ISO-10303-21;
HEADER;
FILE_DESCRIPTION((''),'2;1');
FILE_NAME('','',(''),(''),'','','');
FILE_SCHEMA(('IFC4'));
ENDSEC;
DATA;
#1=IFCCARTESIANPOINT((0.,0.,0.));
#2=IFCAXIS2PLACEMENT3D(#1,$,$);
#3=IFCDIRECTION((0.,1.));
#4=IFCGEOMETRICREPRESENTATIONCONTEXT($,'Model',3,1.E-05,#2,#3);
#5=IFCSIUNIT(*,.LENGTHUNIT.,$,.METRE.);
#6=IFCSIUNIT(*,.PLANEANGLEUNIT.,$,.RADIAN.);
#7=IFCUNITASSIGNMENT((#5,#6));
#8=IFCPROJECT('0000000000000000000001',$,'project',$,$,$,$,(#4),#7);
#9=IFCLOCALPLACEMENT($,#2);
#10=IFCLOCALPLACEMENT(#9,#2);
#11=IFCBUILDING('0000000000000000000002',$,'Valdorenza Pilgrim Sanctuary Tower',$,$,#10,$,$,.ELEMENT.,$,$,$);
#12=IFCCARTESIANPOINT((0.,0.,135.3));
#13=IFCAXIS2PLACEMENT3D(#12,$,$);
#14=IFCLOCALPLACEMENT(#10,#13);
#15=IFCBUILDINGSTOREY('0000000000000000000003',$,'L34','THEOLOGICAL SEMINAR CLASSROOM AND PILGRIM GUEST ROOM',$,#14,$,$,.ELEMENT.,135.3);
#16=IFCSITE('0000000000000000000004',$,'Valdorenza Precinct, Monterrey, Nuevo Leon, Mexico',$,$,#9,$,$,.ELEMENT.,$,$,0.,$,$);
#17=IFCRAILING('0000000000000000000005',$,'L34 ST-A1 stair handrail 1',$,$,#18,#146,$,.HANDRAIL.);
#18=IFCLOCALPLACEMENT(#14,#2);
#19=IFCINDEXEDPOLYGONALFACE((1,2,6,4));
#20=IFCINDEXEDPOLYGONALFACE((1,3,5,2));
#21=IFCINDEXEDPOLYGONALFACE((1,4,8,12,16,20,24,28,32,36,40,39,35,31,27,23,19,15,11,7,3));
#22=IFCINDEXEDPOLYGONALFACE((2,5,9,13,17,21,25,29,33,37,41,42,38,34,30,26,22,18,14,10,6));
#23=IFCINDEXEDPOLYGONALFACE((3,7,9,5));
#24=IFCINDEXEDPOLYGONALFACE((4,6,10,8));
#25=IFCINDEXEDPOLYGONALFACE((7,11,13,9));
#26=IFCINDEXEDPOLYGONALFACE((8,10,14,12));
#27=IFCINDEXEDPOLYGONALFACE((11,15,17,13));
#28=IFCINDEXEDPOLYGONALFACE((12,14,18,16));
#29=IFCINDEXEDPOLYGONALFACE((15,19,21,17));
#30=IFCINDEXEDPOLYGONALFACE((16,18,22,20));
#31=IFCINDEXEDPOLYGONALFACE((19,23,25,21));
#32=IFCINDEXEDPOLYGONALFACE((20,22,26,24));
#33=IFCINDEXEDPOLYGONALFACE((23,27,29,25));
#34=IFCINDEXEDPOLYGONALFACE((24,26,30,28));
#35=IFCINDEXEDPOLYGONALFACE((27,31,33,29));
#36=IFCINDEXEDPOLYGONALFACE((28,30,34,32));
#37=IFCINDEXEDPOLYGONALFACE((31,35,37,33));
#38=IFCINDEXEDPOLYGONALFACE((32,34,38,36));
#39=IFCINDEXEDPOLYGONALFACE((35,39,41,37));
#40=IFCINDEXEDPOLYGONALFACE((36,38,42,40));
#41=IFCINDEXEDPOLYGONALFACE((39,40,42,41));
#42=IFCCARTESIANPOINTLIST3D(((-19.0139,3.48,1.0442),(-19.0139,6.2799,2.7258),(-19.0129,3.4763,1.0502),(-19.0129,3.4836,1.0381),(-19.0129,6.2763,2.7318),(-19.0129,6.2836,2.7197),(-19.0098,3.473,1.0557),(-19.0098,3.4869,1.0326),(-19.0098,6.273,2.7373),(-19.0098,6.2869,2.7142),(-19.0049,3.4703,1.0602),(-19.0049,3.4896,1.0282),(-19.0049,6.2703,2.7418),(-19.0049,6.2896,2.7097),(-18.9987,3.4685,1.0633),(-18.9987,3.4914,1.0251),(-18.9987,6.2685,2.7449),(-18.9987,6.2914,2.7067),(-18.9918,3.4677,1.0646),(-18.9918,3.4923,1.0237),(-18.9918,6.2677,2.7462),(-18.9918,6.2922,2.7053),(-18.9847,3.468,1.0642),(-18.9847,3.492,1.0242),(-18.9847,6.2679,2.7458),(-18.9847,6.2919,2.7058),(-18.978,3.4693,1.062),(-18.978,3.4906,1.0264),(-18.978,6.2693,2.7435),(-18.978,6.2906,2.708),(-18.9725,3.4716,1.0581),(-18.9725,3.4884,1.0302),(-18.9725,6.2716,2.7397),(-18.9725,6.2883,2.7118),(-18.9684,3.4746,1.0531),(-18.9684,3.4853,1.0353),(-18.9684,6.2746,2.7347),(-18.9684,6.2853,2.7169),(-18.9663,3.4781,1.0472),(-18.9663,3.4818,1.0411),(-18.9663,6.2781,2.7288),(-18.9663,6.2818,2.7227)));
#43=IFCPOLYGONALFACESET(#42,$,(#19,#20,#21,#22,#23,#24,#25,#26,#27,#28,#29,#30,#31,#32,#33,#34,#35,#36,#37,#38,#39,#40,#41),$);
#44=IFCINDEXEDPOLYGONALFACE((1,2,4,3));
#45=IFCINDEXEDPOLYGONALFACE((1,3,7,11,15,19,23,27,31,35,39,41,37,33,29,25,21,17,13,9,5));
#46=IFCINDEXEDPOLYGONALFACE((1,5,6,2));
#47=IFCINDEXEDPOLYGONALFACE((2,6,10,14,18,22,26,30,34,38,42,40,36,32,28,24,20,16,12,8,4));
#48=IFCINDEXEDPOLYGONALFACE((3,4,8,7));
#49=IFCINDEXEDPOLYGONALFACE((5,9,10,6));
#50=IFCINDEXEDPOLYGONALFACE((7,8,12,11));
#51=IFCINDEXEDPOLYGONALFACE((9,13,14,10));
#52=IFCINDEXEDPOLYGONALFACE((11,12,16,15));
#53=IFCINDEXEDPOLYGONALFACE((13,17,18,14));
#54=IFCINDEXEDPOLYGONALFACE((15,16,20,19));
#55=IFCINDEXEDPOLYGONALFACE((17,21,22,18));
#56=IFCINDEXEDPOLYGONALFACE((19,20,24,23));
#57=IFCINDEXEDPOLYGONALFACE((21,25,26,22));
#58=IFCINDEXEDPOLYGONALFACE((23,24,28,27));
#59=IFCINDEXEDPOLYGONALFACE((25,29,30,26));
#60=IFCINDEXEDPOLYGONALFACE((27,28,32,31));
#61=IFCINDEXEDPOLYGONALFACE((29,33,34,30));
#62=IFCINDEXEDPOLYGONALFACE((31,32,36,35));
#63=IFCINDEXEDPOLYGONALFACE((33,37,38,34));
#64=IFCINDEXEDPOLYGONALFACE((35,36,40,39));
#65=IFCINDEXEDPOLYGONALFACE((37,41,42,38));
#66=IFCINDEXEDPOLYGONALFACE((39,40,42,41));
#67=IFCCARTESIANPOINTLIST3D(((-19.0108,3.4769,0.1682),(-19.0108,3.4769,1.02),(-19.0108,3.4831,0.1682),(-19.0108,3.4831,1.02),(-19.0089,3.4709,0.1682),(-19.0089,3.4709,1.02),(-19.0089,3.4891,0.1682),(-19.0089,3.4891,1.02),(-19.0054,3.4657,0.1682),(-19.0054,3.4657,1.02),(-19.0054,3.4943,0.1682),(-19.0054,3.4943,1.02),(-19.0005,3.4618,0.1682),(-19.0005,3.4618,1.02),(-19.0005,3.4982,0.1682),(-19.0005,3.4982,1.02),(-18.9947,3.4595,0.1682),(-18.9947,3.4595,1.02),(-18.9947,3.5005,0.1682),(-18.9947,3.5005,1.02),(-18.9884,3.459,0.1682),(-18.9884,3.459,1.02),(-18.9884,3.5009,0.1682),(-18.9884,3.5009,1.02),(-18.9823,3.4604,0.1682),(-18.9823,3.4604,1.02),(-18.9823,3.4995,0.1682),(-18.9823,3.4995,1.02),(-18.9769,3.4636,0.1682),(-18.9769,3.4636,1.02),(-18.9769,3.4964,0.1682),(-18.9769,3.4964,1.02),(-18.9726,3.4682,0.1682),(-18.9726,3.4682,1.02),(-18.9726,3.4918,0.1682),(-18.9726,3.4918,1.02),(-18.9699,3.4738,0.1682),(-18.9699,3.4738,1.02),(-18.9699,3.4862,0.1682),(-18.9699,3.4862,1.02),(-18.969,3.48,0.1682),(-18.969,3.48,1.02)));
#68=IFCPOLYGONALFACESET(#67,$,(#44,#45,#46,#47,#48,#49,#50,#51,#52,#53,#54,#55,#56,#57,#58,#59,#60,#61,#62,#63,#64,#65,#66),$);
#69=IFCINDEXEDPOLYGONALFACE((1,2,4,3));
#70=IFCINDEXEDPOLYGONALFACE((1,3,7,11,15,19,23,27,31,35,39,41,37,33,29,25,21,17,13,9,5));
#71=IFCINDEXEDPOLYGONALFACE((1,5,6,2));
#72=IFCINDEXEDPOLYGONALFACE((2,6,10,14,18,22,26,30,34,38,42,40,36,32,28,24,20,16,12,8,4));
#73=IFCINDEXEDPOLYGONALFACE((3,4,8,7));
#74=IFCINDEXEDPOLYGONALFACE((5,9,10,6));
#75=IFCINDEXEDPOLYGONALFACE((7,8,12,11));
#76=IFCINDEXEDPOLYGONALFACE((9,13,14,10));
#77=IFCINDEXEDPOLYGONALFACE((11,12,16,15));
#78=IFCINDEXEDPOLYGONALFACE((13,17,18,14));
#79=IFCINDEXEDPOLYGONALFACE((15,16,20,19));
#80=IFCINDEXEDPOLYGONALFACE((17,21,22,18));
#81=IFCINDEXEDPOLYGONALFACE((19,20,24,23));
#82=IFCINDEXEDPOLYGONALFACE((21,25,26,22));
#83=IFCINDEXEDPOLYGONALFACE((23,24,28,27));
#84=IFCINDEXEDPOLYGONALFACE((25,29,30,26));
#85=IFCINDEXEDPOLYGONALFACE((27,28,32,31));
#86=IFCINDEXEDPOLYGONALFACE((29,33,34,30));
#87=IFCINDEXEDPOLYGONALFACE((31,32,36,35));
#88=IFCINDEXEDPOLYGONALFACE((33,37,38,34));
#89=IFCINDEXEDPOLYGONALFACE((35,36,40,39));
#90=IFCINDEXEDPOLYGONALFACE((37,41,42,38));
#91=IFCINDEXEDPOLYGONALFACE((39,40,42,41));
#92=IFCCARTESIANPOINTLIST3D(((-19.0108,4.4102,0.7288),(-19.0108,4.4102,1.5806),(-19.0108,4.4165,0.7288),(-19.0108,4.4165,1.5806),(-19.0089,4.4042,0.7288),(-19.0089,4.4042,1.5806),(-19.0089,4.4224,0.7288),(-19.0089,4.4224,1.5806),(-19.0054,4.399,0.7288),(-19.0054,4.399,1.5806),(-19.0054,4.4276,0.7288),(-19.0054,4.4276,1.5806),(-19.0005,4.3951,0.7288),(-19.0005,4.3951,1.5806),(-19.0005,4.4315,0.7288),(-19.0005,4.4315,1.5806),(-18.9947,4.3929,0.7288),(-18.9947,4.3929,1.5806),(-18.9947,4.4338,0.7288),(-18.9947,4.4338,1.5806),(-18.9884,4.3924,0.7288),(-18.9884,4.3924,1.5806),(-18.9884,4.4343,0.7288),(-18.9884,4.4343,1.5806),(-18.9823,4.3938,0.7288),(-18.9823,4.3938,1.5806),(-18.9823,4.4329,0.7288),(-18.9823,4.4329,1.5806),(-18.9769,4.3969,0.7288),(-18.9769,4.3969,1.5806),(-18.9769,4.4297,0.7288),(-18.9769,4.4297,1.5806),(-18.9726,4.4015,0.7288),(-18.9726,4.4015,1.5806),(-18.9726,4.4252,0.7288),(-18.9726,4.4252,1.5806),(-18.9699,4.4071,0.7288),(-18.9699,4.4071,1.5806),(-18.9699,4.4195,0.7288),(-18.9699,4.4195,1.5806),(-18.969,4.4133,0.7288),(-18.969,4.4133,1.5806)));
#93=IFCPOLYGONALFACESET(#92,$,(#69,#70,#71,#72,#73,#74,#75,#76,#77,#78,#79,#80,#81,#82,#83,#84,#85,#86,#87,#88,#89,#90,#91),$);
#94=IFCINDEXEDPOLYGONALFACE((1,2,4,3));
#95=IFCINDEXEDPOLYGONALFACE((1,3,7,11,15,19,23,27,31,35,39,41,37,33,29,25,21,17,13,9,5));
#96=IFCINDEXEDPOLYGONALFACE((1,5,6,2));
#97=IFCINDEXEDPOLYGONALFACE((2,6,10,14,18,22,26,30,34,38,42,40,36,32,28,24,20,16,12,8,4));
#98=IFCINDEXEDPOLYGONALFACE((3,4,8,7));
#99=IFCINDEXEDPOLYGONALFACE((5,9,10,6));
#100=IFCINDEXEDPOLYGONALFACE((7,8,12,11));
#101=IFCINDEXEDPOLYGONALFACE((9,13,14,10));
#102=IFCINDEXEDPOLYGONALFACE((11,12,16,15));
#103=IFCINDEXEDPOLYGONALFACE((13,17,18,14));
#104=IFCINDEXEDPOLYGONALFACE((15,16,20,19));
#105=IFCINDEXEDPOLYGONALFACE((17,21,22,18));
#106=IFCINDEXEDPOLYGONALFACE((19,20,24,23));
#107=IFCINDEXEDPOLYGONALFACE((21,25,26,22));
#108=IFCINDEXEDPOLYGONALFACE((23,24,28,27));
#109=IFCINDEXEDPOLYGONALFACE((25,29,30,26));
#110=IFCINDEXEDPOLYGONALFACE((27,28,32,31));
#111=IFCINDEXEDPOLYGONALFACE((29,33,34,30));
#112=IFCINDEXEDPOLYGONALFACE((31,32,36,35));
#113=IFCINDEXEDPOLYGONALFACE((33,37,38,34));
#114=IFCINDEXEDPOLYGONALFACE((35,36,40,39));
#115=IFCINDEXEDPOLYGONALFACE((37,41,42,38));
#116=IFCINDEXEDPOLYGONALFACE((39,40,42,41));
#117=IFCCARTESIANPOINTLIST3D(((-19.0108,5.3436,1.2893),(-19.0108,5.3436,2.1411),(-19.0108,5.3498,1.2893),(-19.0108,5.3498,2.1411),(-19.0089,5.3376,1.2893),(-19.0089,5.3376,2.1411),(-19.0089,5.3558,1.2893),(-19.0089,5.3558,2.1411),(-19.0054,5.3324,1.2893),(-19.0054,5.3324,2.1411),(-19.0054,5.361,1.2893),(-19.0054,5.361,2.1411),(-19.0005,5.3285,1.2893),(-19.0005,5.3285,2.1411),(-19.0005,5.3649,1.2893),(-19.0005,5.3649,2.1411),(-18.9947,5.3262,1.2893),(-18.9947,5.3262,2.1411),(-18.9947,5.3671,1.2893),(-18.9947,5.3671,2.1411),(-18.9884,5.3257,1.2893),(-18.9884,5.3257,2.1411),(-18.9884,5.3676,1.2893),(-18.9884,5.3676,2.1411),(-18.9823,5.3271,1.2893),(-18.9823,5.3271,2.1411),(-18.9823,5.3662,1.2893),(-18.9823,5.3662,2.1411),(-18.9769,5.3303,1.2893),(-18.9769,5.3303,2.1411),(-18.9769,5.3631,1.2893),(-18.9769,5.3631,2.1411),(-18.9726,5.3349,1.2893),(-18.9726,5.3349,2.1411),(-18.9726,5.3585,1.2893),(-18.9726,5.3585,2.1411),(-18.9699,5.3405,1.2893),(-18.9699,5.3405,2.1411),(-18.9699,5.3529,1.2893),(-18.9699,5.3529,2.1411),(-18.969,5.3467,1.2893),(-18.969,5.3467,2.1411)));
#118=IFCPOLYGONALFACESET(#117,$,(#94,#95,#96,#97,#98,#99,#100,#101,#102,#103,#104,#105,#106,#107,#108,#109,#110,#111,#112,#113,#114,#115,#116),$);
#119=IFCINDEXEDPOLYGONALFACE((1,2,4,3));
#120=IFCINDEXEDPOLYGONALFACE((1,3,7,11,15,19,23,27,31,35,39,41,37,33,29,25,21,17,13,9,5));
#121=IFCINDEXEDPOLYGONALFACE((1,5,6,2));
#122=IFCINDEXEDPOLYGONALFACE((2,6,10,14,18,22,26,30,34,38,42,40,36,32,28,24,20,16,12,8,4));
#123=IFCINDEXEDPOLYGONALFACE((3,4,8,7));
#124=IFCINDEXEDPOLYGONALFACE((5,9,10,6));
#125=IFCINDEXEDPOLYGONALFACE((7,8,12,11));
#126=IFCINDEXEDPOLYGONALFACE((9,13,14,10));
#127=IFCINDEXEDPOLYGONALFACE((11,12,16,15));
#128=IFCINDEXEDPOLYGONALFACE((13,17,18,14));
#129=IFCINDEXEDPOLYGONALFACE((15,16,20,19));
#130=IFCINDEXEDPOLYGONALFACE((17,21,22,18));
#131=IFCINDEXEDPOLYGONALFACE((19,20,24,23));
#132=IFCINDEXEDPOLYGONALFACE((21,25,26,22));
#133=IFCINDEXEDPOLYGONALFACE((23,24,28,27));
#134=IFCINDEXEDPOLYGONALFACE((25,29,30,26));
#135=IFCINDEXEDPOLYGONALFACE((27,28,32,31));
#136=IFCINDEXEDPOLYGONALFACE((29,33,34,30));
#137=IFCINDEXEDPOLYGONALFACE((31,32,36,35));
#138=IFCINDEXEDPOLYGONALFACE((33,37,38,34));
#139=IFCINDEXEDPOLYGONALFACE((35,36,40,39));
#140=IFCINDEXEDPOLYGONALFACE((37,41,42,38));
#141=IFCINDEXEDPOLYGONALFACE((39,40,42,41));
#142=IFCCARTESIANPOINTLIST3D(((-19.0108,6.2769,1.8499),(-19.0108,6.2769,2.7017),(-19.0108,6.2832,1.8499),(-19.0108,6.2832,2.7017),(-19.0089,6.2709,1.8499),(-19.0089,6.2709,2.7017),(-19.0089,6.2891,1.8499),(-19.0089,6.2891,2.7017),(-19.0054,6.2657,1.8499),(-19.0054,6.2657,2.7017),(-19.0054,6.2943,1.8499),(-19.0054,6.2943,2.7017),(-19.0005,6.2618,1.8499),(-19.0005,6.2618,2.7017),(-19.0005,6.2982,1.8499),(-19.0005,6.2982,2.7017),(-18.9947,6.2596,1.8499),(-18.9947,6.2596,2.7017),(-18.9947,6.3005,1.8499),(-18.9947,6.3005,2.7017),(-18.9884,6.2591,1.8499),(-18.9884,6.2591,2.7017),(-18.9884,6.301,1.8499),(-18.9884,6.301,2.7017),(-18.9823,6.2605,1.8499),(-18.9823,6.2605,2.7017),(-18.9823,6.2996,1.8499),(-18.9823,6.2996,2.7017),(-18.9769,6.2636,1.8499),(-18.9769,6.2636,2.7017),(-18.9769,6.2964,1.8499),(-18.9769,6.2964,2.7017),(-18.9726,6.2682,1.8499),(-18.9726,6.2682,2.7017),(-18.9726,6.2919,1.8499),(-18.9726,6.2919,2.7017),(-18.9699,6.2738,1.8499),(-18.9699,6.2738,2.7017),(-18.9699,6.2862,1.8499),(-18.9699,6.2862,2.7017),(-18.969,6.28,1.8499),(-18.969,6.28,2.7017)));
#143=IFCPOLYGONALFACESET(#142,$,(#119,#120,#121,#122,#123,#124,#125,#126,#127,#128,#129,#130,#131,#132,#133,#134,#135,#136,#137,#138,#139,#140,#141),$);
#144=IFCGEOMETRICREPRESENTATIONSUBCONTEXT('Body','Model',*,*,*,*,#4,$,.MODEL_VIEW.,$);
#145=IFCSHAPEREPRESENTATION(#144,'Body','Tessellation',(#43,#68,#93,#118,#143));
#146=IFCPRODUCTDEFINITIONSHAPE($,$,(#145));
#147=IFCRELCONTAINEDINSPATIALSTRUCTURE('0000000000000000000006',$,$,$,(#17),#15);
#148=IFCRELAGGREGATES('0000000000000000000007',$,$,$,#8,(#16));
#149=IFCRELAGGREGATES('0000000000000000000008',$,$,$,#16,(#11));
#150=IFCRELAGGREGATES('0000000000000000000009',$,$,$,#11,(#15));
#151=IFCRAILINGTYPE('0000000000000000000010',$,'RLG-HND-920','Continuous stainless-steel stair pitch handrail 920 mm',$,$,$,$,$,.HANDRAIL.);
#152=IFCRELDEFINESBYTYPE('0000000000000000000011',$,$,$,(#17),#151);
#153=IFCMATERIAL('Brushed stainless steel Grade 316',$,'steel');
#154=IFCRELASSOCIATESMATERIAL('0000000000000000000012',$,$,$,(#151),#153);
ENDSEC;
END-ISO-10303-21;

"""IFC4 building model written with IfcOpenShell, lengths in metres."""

from ifc_helpers import new_model, si_unit, direction, frame, origin, origin_2d, place, context, subcontext, project, spatial, circle, extrude, material, type_object, element, save


model = new_model("IFC4")

# Units and contexts
model_context = context("Model", 3, precision=1e-05, world=origin(), true_north=direction((0.0, 1.0)))
body_context = subcontext(model_context, "Body", "Model", "MODEL_VIEW")
ifc_project = project(units=[si_unit("LENGTHUNIT", "METRE"), si_unit("PLANEANGLEUNIT", "RADIAN")], contexts=[model_context])

# Site, building, storey
site_placement = place(None, origin())
site = spatial("IfcSite", under=ifc_project, at=site_placement, Name="Valdorenza Precinct, Monterrey, Nuevo Leon, Mexico", CompositionType="ELEMENT", RefElevation=0.0)
building_placement = place(site_placement, origin())
building = spatial("IfcBuilding", under=site, at=building_placement, Name="Valdorenza Pilgrim Sanctuary Tower", CompositionType="ELEMENT")
storey_placement = place(building_placement, frame((0.0, 0.0, 135.3)))
storey = spatial("IfcBuildingStorey", under=building, at=storey_placement, Name="L34", Description="THEOLOGICAL SEMINAR CLASSROOM AND PILGRIM GUEST ROOM", CompositionType="ELEMENT", Elevation=135.3)

# Shared definitions
ifc_material_1 = material(Name="Brushed stainless steel Grade 316", Category="steel")

# Railing
railing_type_1 = type_object("IfcRailingType", Name="RLG-HND-920", Description="Continuous stainless-steel stair pitch handrail 920 mm", PredefinedType="HANDRAIL", material=ifc_material_1)
railing_1_placement = place(storey_placement, frame((-18.99, 3.48, 0.1682)))
element("IfcRailing", 1, at=railing_1_placement, inside=storey, type_object=railing_type_1, Name="L34 ST-A1 stair handrail 1", PredefinedType="HANDRAIL", context=body_context, shape_type="SweptSolid", body=[
    extrude(circle(Radius=0.0239, at=origin_2d()), frame((0.0, 0.0, 0.876), z_axis=(0.0, 0.857275, 0.514858), x_axis=(-1.0, 0.0, 0.0)), (0.0, 0.0, 1.0), 3.2661),
    extrude(circle(Radius=0.021, at=origin_2d()), origin(), (0.0, 0.0, 1.0), 0.8518),
    extrude(circle(Radius=0.021, at=origin_2d()), frame((0.0, 0.9333, 0.5605)), (0.0, 0.0, 1.0), 0.8518),
    extrude(circle(Radius=0.021, at=origin_2d()), frame((0.0, 1.8667, 1.1211)), (0.0, 0.0, 1.0), 0.8518),
    extrude(circle(Radius=0.021, at=origin_2d()), frame((0.0, 2.8, 1.6816)), (0.0, 0.0, 1.0), 0.8518),
])

save(model, "model.ifc")
